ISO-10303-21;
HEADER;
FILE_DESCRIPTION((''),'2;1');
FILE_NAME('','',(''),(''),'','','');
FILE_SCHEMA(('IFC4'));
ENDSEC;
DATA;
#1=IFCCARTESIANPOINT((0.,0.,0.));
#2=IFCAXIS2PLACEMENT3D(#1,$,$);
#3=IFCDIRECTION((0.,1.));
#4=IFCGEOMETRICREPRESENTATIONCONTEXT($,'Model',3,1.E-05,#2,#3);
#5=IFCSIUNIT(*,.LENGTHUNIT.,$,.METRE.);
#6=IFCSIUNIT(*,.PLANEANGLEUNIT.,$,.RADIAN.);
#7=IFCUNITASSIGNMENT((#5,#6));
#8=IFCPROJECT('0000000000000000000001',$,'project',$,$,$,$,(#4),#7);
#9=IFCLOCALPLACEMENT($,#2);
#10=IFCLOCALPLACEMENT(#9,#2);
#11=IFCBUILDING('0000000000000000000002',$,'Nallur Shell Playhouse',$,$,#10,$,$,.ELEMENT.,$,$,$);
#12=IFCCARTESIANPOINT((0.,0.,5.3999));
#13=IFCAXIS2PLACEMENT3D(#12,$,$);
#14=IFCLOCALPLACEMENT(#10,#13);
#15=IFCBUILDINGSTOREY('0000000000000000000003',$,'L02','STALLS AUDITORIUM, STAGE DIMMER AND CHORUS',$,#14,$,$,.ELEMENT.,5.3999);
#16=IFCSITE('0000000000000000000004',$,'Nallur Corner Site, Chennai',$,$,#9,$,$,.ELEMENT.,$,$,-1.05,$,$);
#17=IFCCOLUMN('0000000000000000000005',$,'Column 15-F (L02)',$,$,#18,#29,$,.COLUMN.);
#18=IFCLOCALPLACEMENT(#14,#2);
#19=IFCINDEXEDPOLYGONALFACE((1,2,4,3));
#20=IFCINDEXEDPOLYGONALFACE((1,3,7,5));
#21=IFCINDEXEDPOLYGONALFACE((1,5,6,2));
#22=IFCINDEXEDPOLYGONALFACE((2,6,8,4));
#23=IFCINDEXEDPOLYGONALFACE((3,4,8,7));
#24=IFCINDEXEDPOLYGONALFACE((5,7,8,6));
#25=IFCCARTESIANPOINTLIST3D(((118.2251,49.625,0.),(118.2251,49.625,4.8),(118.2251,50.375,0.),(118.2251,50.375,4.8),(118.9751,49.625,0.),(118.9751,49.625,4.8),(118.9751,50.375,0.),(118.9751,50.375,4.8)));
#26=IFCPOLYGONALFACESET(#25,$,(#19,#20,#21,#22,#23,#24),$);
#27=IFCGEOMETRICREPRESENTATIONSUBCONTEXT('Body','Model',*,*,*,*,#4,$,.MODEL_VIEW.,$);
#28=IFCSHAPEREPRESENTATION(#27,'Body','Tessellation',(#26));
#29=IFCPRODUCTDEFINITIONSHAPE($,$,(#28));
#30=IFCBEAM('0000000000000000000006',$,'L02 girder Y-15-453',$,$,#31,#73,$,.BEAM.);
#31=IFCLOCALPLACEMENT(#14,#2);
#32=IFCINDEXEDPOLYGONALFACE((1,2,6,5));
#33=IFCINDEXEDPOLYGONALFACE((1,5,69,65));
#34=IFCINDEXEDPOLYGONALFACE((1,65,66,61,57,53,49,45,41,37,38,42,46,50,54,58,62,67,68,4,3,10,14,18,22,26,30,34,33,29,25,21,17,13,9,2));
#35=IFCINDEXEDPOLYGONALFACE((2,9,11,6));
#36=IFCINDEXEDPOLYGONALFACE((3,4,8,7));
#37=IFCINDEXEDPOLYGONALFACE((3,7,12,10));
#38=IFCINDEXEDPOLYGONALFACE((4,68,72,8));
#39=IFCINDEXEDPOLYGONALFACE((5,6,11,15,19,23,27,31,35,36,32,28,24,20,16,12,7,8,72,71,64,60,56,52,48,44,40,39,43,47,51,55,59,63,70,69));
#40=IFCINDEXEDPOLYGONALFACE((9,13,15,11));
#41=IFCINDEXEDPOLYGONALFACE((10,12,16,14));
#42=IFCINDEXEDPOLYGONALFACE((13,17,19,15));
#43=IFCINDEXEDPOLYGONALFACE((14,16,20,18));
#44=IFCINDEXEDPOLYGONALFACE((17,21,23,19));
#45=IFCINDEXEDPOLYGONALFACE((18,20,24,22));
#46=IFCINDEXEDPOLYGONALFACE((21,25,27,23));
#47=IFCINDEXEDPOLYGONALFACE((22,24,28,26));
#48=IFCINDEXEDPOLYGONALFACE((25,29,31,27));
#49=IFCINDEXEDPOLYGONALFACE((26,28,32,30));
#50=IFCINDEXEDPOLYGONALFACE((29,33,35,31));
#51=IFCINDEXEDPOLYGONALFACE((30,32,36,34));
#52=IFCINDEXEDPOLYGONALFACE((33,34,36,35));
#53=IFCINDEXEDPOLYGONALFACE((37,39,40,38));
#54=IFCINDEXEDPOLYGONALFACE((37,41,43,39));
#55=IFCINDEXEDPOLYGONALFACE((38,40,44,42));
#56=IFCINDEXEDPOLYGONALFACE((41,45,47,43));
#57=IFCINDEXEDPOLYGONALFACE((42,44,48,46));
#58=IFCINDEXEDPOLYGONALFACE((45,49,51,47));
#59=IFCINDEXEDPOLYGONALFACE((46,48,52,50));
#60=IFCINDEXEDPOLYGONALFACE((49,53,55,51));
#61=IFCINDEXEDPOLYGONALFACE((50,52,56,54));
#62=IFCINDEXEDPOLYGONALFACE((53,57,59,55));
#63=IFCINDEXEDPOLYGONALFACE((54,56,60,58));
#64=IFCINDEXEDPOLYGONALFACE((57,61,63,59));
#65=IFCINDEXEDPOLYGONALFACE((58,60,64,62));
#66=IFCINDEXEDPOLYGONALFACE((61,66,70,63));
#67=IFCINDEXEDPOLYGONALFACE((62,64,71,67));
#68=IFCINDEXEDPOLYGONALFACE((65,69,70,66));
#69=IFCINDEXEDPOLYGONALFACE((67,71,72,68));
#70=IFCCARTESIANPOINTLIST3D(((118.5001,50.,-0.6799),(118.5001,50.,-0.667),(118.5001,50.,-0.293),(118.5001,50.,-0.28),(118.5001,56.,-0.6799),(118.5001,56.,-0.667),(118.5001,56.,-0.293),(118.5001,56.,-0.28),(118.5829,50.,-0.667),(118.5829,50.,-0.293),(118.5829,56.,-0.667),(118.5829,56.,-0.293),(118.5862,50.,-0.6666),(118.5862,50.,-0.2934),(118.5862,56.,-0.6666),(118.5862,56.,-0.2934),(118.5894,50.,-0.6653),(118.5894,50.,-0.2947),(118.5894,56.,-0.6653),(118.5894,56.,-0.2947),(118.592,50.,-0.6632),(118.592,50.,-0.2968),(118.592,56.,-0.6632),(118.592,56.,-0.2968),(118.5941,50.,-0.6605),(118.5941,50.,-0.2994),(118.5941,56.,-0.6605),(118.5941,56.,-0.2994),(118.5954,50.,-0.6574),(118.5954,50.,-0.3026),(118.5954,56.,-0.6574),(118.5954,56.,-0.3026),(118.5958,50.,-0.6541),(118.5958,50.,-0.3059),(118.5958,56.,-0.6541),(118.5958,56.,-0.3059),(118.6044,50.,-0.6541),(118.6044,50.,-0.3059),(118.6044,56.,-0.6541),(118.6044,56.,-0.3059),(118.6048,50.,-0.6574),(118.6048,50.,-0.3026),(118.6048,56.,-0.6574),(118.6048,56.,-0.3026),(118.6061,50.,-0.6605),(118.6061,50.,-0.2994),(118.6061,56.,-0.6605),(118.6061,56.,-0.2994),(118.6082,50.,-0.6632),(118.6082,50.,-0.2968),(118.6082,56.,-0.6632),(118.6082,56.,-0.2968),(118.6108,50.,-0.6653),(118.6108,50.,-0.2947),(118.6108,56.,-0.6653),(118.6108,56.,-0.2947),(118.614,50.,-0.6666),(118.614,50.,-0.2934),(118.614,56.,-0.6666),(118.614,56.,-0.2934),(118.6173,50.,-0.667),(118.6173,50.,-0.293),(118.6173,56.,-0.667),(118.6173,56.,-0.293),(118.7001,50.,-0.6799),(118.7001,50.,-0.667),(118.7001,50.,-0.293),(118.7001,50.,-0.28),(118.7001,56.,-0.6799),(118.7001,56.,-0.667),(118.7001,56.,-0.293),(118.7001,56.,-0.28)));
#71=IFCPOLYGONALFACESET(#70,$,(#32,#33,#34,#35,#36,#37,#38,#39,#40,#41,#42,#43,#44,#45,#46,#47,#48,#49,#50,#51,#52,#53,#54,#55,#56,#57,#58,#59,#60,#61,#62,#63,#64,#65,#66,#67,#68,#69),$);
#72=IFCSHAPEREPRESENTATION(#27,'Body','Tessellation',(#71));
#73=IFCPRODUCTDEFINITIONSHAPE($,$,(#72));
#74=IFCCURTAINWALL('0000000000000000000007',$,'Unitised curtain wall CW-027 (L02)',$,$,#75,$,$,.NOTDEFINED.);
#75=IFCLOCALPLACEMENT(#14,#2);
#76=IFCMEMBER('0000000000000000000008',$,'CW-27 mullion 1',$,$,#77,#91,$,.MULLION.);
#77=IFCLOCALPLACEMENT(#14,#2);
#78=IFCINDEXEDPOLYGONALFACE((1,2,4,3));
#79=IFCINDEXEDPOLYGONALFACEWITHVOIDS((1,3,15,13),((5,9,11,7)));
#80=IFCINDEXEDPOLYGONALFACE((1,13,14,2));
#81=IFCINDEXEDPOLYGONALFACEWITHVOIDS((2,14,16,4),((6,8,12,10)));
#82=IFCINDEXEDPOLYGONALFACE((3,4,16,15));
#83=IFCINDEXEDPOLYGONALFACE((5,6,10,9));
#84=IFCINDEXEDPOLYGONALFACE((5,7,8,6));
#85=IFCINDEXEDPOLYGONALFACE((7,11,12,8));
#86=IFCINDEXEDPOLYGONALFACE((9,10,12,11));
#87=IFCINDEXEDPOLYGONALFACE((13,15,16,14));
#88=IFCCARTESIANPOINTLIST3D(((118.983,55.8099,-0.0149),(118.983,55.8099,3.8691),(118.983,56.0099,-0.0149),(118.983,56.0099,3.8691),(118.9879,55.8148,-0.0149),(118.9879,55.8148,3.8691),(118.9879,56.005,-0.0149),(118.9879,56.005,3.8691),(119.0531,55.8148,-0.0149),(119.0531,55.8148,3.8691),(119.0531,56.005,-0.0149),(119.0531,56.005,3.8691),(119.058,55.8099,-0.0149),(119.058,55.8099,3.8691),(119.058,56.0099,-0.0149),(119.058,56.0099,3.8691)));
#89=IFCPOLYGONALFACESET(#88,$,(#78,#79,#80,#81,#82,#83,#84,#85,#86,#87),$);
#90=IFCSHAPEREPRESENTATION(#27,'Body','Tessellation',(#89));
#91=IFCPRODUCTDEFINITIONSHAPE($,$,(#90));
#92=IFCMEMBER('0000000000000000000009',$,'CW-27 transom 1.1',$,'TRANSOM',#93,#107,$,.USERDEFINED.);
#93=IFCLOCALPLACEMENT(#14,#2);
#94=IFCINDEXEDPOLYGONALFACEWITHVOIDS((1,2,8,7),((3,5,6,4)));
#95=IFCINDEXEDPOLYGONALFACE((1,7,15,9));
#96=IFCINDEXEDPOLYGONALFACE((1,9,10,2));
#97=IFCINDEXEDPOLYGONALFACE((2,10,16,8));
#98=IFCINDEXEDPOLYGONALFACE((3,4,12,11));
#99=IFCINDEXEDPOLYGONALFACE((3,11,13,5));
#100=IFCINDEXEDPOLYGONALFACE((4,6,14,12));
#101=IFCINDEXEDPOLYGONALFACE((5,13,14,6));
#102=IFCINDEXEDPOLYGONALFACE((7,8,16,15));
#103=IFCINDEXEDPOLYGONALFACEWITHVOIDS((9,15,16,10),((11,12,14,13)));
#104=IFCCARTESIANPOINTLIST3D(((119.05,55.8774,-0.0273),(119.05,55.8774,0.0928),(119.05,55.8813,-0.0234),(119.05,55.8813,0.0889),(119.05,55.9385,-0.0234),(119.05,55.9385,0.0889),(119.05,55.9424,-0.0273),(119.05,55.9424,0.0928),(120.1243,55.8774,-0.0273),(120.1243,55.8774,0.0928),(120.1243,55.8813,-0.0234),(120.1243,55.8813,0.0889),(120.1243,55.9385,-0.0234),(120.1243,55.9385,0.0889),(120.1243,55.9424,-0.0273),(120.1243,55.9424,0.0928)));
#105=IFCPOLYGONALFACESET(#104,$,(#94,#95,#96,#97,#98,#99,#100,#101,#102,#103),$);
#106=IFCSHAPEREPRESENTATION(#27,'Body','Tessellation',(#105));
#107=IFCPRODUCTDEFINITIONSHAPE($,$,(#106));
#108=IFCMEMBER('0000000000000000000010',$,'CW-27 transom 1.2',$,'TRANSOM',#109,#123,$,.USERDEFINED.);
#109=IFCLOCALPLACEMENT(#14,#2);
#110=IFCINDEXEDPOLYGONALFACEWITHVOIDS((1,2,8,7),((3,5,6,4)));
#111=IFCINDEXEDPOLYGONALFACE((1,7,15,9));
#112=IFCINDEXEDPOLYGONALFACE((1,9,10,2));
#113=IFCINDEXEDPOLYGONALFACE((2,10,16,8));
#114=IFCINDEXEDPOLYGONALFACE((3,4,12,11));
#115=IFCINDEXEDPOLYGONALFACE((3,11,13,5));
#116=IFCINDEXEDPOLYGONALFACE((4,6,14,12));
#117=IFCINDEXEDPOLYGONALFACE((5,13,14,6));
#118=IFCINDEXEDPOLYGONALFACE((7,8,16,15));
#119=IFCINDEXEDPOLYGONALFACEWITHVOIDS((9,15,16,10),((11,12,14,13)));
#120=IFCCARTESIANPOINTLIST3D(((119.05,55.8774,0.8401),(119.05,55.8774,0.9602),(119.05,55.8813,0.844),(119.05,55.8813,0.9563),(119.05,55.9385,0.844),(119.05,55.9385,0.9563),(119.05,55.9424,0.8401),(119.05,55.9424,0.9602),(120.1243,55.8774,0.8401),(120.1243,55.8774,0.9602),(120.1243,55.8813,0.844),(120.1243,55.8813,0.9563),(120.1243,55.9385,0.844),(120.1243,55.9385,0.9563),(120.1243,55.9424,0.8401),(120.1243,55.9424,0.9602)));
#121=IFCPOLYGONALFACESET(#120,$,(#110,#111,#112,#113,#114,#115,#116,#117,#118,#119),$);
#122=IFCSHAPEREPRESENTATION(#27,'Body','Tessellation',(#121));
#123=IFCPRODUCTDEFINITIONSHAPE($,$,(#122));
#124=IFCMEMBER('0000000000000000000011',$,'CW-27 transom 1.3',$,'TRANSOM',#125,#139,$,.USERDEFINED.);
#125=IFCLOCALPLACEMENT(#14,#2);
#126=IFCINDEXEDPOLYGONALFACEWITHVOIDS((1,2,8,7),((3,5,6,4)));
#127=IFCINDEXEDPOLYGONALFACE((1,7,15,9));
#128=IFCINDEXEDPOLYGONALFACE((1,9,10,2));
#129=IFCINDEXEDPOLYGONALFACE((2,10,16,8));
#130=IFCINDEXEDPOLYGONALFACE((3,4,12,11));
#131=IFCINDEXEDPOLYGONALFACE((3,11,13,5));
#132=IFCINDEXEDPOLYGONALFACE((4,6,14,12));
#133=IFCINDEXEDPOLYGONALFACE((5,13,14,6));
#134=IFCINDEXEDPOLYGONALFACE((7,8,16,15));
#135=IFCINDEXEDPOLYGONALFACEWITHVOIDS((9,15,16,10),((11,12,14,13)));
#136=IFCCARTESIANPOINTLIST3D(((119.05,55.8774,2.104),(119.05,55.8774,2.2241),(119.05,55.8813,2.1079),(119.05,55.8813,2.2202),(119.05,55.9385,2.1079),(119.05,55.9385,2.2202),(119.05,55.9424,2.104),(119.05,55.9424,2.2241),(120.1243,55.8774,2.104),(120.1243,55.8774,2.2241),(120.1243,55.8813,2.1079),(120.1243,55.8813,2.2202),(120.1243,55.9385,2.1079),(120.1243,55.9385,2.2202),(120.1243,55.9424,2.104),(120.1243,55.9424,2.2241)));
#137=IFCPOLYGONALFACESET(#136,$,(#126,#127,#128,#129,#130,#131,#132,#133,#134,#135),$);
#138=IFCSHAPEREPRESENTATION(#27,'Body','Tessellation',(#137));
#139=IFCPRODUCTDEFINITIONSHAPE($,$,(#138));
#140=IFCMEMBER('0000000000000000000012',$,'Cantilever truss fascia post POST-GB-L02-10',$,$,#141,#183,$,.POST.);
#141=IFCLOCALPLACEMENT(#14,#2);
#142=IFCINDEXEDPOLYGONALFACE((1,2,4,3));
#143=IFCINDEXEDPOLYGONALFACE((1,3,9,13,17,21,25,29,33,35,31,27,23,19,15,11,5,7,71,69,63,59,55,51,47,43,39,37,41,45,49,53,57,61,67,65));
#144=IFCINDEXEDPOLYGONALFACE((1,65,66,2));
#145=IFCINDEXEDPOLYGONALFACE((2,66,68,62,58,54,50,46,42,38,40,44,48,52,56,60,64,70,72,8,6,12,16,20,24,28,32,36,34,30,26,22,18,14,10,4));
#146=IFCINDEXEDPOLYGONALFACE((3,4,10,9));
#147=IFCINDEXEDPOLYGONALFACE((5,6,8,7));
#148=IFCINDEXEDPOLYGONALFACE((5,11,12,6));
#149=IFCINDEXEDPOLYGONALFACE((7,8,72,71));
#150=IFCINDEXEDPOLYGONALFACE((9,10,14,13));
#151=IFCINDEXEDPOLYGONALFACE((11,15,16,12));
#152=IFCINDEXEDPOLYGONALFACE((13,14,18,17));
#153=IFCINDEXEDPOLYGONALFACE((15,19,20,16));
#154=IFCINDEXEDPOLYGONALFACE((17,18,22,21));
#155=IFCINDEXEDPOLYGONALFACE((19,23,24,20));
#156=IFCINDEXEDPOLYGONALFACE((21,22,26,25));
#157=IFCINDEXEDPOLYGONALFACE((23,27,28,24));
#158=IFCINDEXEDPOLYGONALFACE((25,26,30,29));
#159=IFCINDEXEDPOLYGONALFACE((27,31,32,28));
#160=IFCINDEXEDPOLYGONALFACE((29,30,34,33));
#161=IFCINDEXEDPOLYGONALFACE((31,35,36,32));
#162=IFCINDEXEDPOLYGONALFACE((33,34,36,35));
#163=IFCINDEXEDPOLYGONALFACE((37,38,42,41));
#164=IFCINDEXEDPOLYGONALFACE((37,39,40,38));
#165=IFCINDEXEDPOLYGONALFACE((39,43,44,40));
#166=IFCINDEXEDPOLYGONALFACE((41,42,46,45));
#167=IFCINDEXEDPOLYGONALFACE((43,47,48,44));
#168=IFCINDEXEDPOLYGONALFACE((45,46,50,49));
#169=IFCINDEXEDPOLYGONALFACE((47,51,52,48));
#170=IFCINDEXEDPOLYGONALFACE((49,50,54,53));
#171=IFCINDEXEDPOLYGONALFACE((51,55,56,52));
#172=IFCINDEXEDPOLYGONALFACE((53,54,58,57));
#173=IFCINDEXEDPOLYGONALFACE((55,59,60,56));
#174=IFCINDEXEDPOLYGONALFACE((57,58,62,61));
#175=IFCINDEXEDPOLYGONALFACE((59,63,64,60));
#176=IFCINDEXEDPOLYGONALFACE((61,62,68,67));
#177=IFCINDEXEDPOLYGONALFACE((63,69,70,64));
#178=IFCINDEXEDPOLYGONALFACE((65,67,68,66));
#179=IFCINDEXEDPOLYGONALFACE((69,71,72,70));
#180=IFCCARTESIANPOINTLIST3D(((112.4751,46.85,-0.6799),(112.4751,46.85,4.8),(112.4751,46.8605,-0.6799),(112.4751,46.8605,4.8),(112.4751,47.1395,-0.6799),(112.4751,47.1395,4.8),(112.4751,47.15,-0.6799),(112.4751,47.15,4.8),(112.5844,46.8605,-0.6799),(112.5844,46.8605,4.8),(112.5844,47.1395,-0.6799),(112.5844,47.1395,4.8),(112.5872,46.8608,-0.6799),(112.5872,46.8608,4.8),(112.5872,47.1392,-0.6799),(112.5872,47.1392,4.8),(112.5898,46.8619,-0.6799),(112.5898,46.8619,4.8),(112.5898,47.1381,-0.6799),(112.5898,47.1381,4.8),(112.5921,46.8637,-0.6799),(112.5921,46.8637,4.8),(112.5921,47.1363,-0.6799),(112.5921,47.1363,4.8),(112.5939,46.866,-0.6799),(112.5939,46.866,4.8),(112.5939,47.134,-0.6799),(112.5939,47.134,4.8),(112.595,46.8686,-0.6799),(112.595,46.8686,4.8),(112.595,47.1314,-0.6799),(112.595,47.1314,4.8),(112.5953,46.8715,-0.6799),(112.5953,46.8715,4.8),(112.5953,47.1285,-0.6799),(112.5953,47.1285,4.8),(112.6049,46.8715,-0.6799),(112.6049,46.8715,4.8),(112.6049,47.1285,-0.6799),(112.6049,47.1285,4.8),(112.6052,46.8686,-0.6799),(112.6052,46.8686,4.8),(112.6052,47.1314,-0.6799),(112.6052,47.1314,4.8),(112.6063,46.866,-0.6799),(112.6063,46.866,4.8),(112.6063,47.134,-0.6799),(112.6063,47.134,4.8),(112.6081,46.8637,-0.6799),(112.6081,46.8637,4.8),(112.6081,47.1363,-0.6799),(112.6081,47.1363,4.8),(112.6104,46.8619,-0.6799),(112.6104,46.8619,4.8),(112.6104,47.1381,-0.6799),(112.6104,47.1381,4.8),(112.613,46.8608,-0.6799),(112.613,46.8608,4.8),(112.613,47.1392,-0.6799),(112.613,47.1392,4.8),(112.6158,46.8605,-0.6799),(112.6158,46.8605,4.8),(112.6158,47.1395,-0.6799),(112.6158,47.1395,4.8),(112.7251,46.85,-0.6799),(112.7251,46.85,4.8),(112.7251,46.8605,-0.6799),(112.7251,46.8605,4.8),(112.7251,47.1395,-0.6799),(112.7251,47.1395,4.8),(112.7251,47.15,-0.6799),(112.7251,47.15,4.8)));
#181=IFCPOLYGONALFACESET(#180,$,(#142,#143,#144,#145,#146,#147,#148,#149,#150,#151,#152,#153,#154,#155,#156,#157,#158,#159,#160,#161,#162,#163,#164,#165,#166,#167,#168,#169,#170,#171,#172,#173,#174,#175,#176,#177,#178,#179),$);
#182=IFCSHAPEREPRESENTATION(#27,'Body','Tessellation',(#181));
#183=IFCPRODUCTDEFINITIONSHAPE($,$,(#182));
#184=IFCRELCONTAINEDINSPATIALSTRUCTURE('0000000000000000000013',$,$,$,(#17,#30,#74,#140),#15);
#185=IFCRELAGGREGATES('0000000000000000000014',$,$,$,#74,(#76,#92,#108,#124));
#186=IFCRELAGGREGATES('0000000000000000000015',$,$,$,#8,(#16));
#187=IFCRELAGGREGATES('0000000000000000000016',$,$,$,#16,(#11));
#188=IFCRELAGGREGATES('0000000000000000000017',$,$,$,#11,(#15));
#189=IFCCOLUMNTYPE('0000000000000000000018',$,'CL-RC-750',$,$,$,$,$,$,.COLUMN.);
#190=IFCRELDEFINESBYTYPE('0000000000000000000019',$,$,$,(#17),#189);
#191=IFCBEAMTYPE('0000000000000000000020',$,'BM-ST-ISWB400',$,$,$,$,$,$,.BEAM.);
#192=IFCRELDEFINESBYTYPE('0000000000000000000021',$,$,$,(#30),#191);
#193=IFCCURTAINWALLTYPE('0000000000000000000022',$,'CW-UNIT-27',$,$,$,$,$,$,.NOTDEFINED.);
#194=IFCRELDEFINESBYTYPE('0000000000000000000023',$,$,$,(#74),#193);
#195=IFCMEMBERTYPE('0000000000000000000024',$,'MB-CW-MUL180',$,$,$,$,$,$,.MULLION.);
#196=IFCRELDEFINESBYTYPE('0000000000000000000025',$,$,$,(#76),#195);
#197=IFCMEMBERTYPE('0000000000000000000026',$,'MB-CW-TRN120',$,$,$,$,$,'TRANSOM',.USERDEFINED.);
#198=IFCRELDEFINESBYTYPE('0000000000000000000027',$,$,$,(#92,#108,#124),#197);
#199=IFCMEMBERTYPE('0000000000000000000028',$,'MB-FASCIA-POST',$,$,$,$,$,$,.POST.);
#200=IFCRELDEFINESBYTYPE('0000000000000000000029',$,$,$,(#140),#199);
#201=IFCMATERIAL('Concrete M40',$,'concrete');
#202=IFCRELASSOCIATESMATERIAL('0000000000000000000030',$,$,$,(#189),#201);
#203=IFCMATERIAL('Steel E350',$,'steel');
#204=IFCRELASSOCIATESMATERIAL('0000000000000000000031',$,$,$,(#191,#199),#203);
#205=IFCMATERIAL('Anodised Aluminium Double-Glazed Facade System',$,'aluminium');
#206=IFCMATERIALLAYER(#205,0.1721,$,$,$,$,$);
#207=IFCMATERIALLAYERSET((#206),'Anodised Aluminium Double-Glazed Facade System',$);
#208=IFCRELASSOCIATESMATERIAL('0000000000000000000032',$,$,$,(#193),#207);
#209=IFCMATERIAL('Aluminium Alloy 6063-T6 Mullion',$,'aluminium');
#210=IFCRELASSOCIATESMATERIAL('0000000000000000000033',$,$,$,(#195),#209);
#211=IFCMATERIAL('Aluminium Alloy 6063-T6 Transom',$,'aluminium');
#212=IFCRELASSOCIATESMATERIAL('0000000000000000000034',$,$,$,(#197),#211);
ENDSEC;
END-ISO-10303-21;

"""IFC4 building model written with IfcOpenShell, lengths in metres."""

from ifc_helpers import new_model, si_unit, direction, frame, origin, origin_2d, place, context, subcontext, project, spatial, rectangle, hollow_rectangle, i_section, extrude, material, layer, layer_set, material_profile, profile_set, type_object, element, aggregate, save


model = new_model("IFC4")

# Units and contexts
model_context = context("Model", 3, precision=1e-05, world=origin(), true_north=direction((0.0, 1.0)))
body_context = subcontext(model_context, "Body", "Model", "MODEL_VIEW")
ifc_project = project(units=[si_unit("LENGTHUNIT", "METRE"), si_unit("PLANEANGLEUNIT", "RADIAN")], contexts=[model_context])

# Site, building, storey
site_placement = place(None, origin())
site = spatial("IfcSite", under=ifc_project, at=site_placement, Name="Nallur Corner Site, Chennai", CompositionType="ELEMENT", RefElevation=-1.05)
building_placement = place(site_placement, origin())
building = spatial("IfcBuilding", under=site, at=building_placement, Name="Nallur Shell Playhouse", CompositionType="ELEMENT")
storey_placement = place(building_placement, frame((0.0, 0.0, 5.3999)))
storey = spatial("IfcBuildingStorey", under=building, at=storey_placement, Name="L02", Description="STALLS AUDITORIUM, STAGE DIMMER AND CHORUS", CompositionType="ELEMENT", Elevation=5.3999)

# Column
ifc_material_1 = material(Name="Concrete M40", Category="concrete")
ifc_material_profile_1 = material_profile(ifc_material_1, rectangle(XDim=0.75, YDim=0.75, at=origin_2d()), Name="RC 750x750")
ifc_profile_set_1 = profile_set([ifc_material_profile_1], Name="Concrete M40")
column_type = type_object("IfcColumnType", Name="CL-RC-750", PredefinedType="COLUMN", material=ifc_profile_set_1)
column_placement = place(storey_placement, frame((118.6001, 50.0, 0.0), z_axis=(0.0, 0.0, 1.0), x_axis=(1.0, 0.0, 0.0)))
element("IfcColumn", 1, at=column_placement, inside=storey, type_object=column_type, Name="Column 15-F (L02)", PredefinedType="COLUMN", context=body_context, shape_type="SweptSolid", body=[
    extrude(rectangle(XDim=0.75, YDim=0.75, at=origin_2d()), origin(), (0.0, 0.0, 1.0), 4.8),
])

# Beam
ifc_material_2 = material(Name="Steel E350", Category="steel")
ifc_material_profile_2 = material_profile(ifc_material_2, i_section(OverallWidth=0.2, OverallDepth=0.3999, WebThickness=0.0085, FlangeThickness=0.0129, FilletRadius=0.0129, at=origin_2d()), Name="ISWB 400")
ifc_profile_set_2 = profile_set([ifc_material_profile_2], Name="Steel E350")
beam_type = type_object("IfcBeamType", Name="BM-ST-ISWB400", PredefinedType="BEAM", material=ifc_profile_set_2)
beam_placement = place(storey_placement, frame((118.6001, 50.0, -0.48), z_axis=(0.0, 1.0, 0.0), x_axis=(-1.0, 0.0, 0.0)))
element("IfcBeam", 2, at=beam_placement, inside=storey, type_object=beam_type, Name="L02 girder Y-15-453", PredefinedType="BEAM", context=body_context, shape_type="SweptSolid", body=[
    extrude(i_section(OverallWidth=0.2, OverallDepth=0.3999, WebThickness=0.0085, FlangeThickness=0.0129, FilletRadius=0.0129, at=origin_2d()), origin(), (0.0, 0.0, 1.0), 6.0),
])

# Curtain wall, members
ifc_material_3 = material(Name="Anodised Aluminium Double-Glazed Facade System", Category="aluminium")
ifc_layer_1 = layer(ifc_material_3, 0.1721)
ifc_layer_set_1 = layer_set([ifc_layer_1], Name="Anodised Aluminium Double-Glazed Facade System")
curtain_wall_type = type_object("IfcCurtainWallType", Name="CW-UNIT-27", PredefinedType="NOTDEFINED", material=ifc_layer_set_1)
curtain_wall_placement = place(storey_placement, origin())
curtain_wall = element("IfcCurtainWall", 3, at=curtain_wall_placement, inside=storey, type_object=curtain_wall_type, Name="Unitised curtain wall CW-027 (L02)", PredefinedType="NOTDEFINED")
ifc_material_4 = material(Name="Aluminium Alloy 6063-T6 Mullion", Category="aluminium")
ifc_material_profile_3 = material_profile(ifc_material_4, hollow_rectangle(XDim=0.075, YDim=0.2, WallThickness=0.0049, at=origin_2d()), Name="ALU 75x200x5")
ifc_profile_set_3 = profile_set([ifc_material_profile_3], Name="Aluminium Alloy 6063-T6 Mullion")
member_type_1 = type_object("IfcMemberType", Name="MB-CW-MUL180", PredefinedType="MULLION", material=ifc_profile_set_3)
member_1_placement = place(storey_placement, frame((119.0205, 55.9099, -0.0149), z_axis=(0.0, 0.0, 1.0), x_axis=(1.0, 0.0, 0.0)))
member_1 = element("IfcMember", 4, at=member_1_placement, type_object=member_type_1, Name="CW-27 mullion 1", PredefinedType="MULLION", context=body_context, shape_type="SweptSolid", body=[
    extrude(hollow_rectangle(XDim=0.075, YDim=0.2, WallThickness=0.0049, at=origin_2d()), origin(), (0.0, 0.0, 1.0), 3.884),
])
ifc_material_5 = material(Name="Aluminium Alloy 6063-T6 Transom", Category="aluminium")
ifc_material_profile_4 = material_profile(ifc_material_5, hollow_rectangle(XDim=0.0649, YDim=0.1201, WallThickness=0.0039, at=origin_2d()), Name="ALU 65x120x4")
ifc_profile_set_4 = profile_set([ifc_material_profile_4], Name="Aluminium Alloy 6063-T6 Transom")
member_type_2 = type_object("IfcMemberType", Name="MB-CW-TRN120", ElementType="TRANSOM", PredefinedType="USERDEFINED", material=ifc_profile_set_4)
member_2_placement = place(storey_placement, frame((119.05, 55.9099, 0.0327), z_axis=(1.0, 0.0, 0.0), x_axis=(0.0, 1.0, 0.0)))
member_2 = element("IfcMember", 5, at=member_2_placement, type_object=member_type_2, Name="CW-27 transom 1.1", ObjectType="TRANSOM", PredefinedType="USERDEFINED", context=body_context, shape_type="SweptSolid", body=[
    extrude(hollow_rectangle(XDim=0.0649, YDim=0.1201, WallThickness=0.0039, at=origin_2d()), origin(), (0.0, 0.0, 1.0), 1.0742),
])
member_3_placement = place(storey_placement, frame((119.05, 55.9099, 0.9001), z_axis=(1.0, 0.0, 0.0), x_axis=(0.0, 1.0, 0.0)))
member_3 = element("IfcMember", 6, at=member_3_placement, type_object=member_type_2, Name="CW-27 transom 1.2", ObjectType="TRANSOM", PredefinedType="USERDEFINED", context=body_context, shape_type="SweptSolid", body=[
    extrude(hollow_rectangle(XDim=0.0649, YDim=0.1201, WallThickness=0.0039, at=origin_2d()), origin(), (0.0, 0.0, 1.0), 1.0742),
])
member_4_placement = place(storey_placement, frame((119.05, 55.9099, 2.1641), z_axis=(1.0, 0.0, 0.0), x_axis=(0.0, 1.0, 0.0)))
member_4 = element("IfcMember", 7, at=member_4_placement, type_object=member_type_2, Name="CW-27 transom 1.3", ObjectType="TRANSOM", PredefinedType="USERDEFINED", context=body_context, shape_type="SweptSolid", body=[
    extrude(hollow_rectangle(XDim=0.0649, YDim=0.1201, WallThickness=0.0039, at=origin_2d()), origin(), (0.0, 0.0, 1.0), 1.0742),
])
aggregate(curtain_wall, [member_1, member_2, member_3, member_4])

# Member
ifc_material_profile_5 = material_profile(ifc_material_2, i_section(OverallWidth=0.25, OverallDepth=0.3, WebThickness=0.0095, FlangeThickness=0.0105, FilletRadius=0.011, at=origin_2d()), Name="ISHB 300")
ifc_profile_set_5 = profile_set([ifc_material_profile_5], Name="Steel E350")
member_type_3 = type_object("IfcMemberType", Name="MB-FASCIA-POST", PredefinedType="POST", material=ifc_profile_set_5)
member_5_placement = place(storey_placement, frame((112.6001, 47.0, -0.6799), z_axis=(0.0, 0.0, 1.0), x_axis=(1.0, 0.0, 0.0)))
element("IfcMember", 8, at=member_5_placement, inside=storey, type_object=member_type_3, Name="Cantilever truss fascia post POST-GB-L02-10", PredefinedType="POST", context=body_context, shape_type="SweptSolid", body=[
    extrude(i_section(OverallWidth=0.25, OverallDepth=0.3, WebThickness=0.0095, FlangeThickness=0.0105, FilletRadius=0.011, at=origin_2d()), origin(), (0.0, 0.0, 1.0), 5.48),
])

save(model, "model.ifc")
